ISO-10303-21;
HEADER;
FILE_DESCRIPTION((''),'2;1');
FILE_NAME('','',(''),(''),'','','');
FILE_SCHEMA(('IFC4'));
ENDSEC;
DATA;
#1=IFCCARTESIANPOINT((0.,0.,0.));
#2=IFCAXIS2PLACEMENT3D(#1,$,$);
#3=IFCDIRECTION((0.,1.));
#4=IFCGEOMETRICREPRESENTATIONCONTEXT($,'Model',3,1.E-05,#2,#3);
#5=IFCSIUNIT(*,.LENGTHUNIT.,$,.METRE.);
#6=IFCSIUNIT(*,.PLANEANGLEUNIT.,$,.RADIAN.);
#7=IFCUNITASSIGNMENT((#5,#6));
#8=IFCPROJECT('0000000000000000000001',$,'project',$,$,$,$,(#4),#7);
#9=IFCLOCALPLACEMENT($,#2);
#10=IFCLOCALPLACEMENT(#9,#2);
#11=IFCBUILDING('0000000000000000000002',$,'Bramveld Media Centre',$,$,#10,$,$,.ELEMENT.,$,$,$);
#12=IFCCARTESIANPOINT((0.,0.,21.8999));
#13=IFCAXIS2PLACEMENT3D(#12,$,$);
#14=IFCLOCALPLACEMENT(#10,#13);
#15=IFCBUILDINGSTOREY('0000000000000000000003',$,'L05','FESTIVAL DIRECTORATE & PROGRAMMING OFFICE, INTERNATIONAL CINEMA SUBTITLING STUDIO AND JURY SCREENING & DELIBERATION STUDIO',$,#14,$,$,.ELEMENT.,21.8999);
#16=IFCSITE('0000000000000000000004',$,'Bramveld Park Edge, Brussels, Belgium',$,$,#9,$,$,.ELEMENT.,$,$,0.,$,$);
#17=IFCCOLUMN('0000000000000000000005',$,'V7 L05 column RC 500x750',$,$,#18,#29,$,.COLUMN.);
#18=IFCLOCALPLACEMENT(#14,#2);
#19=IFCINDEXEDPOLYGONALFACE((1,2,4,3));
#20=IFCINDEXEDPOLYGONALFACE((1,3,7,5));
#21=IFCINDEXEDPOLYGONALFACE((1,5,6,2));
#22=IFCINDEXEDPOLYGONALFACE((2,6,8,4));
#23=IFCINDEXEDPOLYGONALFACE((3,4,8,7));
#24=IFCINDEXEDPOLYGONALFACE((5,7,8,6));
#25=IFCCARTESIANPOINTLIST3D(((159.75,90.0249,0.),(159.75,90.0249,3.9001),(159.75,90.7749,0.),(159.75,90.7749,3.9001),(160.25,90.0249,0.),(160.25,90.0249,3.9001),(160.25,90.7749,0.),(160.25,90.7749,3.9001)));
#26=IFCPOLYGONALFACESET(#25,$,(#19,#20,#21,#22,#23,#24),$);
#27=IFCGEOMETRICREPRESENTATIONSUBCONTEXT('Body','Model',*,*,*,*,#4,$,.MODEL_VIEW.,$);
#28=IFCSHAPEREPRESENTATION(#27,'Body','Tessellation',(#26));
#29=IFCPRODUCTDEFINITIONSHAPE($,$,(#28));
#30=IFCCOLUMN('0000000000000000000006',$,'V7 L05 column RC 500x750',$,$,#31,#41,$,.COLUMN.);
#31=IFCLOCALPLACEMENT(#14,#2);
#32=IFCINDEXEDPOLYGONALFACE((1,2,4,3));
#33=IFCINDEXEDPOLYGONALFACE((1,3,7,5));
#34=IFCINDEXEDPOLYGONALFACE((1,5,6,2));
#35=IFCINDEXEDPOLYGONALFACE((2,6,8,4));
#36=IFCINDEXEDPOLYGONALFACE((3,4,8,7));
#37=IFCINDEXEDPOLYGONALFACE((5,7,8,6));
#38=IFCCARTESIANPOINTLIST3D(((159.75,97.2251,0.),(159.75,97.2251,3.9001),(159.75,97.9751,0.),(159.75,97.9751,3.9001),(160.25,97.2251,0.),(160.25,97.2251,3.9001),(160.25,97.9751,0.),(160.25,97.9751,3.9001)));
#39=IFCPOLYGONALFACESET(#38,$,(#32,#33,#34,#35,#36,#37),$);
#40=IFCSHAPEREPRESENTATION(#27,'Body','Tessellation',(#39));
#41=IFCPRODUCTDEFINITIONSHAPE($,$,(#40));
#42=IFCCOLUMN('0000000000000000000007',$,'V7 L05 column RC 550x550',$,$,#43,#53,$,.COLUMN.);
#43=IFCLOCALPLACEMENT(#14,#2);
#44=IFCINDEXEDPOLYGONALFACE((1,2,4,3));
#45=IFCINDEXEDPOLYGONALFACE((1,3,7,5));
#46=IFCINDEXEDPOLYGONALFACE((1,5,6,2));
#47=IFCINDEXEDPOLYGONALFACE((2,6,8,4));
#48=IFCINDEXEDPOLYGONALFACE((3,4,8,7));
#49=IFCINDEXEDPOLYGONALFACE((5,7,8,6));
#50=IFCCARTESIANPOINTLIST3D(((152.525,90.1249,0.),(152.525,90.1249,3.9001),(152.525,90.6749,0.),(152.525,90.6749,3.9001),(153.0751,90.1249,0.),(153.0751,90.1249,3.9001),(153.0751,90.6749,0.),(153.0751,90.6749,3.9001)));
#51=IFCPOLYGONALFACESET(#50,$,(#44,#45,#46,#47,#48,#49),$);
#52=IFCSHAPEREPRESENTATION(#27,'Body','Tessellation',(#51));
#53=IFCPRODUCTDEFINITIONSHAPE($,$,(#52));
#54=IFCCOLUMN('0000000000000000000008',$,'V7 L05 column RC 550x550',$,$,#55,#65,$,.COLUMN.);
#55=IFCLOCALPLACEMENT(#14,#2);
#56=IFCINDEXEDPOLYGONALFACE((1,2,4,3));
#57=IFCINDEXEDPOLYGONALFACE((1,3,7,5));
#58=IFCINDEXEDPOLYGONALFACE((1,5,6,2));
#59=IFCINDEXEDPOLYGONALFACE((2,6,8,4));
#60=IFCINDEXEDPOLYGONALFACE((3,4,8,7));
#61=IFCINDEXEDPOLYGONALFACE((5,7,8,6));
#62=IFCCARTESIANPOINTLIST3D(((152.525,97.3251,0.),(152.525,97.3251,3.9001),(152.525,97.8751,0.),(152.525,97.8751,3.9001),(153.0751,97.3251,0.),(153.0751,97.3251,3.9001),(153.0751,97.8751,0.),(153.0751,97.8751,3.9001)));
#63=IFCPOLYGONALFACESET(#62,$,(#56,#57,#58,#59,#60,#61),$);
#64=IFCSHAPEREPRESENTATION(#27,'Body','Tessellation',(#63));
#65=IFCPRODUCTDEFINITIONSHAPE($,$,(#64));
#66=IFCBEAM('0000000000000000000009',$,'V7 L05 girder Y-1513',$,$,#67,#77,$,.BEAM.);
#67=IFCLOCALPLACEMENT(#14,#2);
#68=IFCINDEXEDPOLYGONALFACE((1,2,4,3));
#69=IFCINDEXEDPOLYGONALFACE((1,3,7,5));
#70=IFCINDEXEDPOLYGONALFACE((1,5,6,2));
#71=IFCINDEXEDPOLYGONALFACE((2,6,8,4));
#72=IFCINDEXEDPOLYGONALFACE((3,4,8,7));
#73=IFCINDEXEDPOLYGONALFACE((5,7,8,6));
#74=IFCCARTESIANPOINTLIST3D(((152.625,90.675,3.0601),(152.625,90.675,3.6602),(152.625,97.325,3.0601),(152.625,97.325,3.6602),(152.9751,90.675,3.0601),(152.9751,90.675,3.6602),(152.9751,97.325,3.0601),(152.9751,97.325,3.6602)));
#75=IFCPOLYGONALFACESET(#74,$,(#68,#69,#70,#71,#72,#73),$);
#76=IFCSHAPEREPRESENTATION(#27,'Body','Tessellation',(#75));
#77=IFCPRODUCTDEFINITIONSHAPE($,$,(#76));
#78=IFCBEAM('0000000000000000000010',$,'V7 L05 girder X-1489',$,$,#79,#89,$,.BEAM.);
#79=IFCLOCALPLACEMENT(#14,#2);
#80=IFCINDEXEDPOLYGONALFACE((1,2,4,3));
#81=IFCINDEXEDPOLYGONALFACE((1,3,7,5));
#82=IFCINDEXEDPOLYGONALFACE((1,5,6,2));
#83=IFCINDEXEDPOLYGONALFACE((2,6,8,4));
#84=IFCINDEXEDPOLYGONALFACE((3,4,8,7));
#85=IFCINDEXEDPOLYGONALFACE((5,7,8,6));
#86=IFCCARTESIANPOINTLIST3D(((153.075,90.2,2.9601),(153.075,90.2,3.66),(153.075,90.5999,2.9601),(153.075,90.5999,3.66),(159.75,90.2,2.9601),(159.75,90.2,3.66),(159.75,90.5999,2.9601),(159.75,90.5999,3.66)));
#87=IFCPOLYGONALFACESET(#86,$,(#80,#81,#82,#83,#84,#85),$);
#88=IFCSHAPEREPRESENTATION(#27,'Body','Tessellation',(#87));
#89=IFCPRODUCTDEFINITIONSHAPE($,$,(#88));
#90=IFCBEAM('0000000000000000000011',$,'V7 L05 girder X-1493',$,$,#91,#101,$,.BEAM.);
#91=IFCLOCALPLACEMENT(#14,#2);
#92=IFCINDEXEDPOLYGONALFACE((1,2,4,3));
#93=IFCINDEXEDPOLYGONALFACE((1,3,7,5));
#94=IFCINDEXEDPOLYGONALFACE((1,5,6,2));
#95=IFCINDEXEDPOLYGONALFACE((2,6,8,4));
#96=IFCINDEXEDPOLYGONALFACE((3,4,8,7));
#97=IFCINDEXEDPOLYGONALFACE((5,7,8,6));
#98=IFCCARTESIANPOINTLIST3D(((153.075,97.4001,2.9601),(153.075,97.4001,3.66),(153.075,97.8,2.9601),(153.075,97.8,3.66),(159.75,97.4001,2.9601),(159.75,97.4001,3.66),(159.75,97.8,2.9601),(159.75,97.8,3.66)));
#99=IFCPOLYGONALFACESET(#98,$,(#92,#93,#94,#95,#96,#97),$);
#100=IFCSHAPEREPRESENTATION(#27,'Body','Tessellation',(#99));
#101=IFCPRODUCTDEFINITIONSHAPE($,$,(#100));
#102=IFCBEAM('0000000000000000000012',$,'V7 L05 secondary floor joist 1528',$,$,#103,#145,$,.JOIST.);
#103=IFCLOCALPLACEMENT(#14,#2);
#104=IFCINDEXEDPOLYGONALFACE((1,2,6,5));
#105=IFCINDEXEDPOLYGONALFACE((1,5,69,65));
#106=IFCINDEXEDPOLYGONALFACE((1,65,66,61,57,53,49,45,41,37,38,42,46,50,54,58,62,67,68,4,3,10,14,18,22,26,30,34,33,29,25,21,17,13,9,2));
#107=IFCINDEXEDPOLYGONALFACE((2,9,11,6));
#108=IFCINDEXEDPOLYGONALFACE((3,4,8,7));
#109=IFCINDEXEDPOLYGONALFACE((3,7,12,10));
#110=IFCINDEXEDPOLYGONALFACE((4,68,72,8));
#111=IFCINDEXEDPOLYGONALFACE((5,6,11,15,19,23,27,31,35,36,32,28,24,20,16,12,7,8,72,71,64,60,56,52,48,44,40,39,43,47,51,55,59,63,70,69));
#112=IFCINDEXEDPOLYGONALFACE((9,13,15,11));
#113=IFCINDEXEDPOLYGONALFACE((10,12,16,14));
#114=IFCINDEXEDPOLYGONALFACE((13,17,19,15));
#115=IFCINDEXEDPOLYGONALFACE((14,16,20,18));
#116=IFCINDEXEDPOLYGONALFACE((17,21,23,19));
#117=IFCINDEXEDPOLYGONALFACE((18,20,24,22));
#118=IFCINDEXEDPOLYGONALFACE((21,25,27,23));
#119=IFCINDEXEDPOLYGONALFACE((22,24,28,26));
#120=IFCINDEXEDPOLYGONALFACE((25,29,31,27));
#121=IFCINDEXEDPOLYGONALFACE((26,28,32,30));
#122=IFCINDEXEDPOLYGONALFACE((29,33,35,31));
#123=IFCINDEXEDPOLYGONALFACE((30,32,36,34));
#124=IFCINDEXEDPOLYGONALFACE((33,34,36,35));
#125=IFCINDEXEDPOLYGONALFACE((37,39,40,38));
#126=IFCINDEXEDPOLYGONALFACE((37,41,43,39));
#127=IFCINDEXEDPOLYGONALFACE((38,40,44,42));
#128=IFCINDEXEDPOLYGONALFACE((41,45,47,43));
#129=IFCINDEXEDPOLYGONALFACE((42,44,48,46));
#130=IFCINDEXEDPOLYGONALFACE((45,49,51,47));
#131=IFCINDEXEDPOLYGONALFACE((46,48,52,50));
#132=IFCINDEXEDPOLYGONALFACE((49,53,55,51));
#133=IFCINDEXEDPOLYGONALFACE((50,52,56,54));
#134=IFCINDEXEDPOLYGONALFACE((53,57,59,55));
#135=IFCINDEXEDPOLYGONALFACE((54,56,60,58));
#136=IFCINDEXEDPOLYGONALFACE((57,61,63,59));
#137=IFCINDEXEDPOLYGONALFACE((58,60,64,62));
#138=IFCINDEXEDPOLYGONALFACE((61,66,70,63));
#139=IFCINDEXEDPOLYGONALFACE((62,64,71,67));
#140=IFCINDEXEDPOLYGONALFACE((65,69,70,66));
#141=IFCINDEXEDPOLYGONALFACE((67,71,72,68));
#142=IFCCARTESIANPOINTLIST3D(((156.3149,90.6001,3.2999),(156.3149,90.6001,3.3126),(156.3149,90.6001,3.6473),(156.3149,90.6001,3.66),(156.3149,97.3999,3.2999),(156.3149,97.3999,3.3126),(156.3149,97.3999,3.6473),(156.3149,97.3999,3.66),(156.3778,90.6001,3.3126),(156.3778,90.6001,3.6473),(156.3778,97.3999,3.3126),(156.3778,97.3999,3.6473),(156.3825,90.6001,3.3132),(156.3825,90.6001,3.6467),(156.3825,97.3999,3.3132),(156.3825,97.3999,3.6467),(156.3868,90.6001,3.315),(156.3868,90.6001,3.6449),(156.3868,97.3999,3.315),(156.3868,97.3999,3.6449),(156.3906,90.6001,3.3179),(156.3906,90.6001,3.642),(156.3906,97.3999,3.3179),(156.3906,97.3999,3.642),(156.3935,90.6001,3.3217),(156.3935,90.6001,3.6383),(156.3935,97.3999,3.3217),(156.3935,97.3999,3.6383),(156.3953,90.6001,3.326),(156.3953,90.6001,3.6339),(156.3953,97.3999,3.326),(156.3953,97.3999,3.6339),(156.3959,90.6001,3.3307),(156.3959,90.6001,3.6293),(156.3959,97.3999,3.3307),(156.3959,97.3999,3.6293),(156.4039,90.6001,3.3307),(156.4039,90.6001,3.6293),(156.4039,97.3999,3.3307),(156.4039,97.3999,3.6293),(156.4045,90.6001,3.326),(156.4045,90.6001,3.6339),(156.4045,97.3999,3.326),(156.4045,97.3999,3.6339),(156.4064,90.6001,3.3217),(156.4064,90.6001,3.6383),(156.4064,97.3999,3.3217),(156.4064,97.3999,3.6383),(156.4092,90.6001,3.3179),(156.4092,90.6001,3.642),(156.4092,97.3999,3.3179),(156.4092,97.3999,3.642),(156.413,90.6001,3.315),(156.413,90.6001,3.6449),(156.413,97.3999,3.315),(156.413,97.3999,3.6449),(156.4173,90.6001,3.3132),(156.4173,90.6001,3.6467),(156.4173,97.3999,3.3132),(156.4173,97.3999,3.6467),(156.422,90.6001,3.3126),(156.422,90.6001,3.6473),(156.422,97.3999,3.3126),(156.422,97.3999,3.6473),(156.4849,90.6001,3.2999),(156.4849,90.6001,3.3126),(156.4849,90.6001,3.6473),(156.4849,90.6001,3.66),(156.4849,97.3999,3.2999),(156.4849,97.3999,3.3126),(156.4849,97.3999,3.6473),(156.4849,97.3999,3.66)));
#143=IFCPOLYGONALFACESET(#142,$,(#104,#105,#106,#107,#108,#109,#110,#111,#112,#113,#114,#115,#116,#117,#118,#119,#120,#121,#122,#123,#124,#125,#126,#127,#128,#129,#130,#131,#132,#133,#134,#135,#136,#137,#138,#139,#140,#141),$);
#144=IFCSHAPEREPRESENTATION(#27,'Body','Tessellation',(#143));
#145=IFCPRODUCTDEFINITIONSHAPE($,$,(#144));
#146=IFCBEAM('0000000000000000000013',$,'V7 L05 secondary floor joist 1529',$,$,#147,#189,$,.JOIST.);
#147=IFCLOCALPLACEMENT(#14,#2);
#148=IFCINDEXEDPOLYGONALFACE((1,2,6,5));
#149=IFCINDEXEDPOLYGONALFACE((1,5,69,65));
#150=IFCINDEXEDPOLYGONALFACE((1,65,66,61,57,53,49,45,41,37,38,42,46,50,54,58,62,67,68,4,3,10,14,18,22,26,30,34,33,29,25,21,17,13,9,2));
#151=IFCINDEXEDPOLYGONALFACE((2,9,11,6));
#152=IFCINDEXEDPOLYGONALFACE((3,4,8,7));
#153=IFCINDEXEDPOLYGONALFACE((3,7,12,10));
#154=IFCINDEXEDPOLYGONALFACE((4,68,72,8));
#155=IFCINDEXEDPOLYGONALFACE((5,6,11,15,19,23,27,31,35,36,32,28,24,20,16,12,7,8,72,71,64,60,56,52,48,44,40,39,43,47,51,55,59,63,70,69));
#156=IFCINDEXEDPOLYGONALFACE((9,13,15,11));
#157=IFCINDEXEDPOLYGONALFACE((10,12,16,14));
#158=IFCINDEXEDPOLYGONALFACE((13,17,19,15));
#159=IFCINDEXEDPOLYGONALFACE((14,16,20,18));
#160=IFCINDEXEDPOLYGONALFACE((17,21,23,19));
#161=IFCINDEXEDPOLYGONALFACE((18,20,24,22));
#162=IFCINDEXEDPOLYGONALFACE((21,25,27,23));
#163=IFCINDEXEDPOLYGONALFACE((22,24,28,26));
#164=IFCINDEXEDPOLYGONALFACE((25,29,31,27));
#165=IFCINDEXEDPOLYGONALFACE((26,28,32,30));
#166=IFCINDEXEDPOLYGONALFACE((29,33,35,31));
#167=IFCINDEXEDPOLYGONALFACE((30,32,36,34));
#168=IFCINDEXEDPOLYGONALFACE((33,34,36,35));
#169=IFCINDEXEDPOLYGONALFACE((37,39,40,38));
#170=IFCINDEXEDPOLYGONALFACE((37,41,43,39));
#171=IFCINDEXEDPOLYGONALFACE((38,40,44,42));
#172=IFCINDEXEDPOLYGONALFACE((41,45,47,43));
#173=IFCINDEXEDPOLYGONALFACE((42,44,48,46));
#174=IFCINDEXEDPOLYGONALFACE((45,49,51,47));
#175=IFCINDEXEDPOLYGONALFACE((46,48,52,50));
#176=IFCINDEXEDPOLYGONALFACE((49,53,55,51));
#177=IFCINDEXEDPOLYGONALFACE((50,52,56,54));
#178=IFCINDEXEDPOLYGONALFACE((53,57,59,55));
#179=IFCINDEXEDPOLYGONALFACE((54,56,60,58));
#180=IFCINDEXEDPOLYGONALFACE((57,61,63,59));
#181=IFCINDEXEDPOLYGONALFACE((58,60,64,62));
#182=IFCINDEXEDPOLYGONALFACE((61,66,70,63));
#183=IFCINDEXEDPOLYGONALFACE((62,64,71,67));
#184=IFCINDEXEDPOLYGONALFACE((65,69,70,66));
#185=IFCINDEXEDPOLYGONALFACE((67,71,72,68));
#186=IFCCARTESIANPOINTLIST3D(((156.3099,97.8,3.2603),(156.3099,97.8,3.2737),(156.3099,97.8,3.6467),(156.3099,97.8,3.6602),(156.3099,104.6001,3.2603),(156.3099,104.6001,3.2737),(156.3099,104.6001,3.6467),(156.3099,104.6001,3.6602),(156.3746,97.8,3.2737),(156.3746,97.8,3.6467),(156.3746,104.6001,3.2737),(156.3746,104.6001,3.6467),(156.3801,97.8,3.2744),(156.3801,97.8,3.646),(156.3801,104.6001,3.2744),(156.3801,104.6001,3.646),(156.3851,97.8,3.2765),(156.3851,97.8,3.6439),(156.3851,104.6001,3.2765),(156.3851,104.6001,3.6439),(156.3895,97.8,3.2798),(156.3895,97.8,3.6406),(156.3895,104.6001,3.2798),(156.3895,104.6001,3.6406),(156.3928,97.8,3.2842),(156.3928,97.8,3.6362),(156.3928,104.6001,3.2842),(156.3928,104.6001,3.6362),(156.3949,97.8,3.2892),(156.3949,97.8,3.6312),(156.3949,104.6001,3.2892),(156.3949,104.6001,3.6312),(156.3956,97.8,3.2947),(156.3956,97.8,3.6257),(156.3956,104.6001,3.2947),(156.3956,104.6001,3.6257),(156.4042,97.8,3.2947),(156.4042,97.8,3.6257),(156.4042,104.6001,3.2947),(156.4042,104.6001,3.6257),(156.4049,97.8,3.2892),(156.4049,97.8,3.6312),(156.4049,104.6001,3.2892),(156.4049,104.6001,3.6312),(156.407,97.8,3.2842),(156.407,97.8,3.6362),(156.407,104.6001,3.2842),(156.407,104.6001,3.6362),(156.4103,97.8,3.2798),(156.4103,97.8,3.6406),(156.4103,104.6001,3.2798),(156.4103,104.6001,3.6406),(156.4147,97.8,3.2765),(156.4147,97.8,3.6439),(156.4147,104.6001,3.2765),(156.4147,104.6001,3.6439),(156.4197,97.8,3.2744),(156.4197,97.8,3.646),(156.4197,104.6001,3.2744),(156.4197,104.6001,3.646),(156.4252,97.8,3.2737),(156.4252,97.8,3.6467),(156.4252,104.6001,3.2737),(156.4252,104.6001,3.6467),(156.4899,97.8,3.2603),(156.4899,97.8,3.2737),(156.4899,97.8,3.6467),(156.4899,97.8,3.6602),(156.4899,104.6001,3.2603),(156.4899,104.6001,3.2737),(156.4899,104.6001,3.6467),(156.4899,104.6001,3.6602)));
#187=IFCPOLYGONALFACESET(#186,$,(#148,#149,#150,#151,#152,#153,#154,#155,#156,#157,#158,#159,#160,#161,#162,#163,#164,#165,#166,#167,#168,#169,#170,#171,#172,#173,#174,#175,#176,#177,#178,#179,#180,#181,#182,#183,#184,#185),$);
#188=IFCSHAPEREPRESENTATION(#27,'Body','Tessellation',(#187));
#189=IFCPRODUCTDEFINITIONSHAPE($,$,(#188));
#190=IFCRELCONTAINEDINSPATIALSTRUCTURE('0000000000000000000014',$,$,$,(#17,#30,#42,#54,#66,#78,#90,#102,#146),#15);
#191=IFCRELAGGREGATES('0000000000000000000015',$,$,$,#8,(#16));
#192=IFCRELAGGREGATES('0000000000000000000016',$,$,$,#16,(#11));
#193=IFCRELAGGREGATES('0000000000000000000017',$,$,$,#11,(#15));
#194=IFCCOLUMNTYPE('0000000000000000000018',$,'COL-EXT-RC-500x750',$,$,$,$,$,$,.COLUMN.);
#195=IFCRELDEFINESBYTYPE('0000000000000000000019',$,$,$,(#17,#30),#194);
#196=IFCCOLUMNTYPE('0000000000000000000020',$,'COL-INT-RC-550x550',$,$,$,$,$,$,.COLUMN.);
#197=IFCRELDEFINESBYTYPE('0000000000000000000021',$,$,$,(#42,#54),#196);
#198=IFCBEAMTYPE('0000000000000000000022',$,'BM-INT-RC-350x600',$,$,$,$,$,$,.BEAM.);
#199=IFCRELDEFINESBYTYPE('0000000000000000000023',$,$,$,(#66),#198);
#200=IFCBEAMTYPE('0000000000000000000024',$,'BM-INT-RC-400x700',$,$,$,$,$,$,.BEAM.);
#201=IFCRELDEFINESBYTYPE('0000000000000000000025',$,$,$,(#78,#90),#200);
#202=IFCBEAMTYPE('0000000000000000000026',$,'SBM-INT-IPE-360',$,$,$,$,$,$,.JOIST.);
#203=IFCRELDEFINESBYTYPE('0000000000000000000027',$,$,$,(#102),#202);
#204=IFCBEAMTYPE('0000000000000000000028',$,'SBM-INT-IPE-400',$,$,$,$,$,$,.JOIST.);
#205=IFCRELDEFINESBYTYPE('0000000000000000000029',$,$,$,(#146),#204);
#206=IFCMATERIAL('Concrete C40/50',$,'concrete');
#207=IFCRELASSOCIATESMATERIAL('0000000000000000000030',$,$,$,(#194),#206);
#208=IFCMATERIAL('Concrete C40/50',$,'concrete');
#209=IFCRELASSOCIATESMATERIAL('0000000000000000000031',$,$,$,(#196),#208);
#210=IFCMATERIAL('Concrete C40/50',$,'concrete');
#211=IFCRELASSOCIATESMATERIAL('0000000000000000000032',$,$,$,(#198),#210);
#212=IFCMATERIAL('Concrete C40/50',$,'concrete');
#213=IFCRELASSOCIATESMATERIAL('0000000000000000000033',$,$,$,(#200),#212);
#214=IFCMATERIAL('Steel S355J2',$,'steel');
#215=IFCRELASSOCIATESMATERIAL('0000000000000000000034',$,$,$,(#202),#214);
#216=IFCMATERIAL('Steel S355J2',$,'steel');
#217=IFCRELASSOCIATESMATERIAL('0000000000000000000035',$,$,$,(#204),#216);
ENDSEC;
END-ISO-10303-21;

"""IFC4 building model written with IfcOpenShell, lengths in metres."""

from ifc_helpers import new_model, si_unit, direction, frame, origin, origin_2d, place, context, subcontext, project, spatial, rectangle, i_section, extrude, material, material_profile, profile_set, type_object, element, save


model = new_model("IFC4")

# Units and contexts
model_context = context("Model", 3, precision=1e-05, world=origin(), true_north=direction((0.0, 1.0)))
body_context = subcontext(model_context, "Body", "Model", "MODEL_VIEW")
ifc_project = project(units=[si_unit("LENGTHUNIT", "METRE"), si_unit("PLANEANGLEUNIT", "RADIAN")], contexts=[model_context])

# Site, building, storey
site_placement = place(None, origin())
site = spatial("IfcSite", under=ifc_project, at=site_placement, Name="Bramveld Park Edge, Brussels, Belgium", CompositionType="ELEMENT", RefElevation=0.0)
building_placement = place(site_placement, origin())
building = spatial("IfcBuilding", under=site, at=building_placement, Name="Bramveld Media Centre", CompositionType="ELEMENT")
storey_placement = place(building_placement, frame((0.0, 0.0, 21.8999)))
storey = spatial("IfcBuildingStorey", under=building, at=storey_placement, Name="L05", Description="FESTIVAL DIRECTORATE & PROGRAMMING OFFICE, INTERNATIONAL CINEMA SUBTITLING STUDIO AND JURY SCREENING & DELIBERATION STUDIO", CompositionType="ELEMENT", Elevation=21.8999)

# Columns
ifc_material_1 = material(Name="Concrete C40/50", Category="concrete")
ifc_material_profile_1 = material_profile(ifc_material_1, rectangle(XDim=0.5, YDim=0.75, at=origin_2d()), Name="RC 500x750")
ifc_profile_set_1 = profile_set([ifc_material_profile_1], Name="Concrete C40/50")
column_type_1 = type_object("IfcColumnType", Name="COL-EXT-RC-500x750", PredefinedType="COLUMN", material=ifc_profile_set_1)
for number, where, z_axis, x_axis, name in (
    (1, (160.0, 90.3999, 0.0), (0.0, 0.0, 1.0), (1.0, 0.0, 0.0), "V7 L05 column RC 500x750"),
    (2, (160.0, 97.6001, 0.0), (0.0, 0.0, 1.0), (1.0, 0.0, 0.0), "V7 L05 column RC 500x750"),
):
    element("IfcColumn", number, at=place(storey_placement, frame(where, z_axis=z_axis, x_axis=x_axis)), inside=storey, type_object=column_type_1, Name=name, PredefinedType="COLUMN", context=body_context, shape_type="SweptSolid", body=[
        extrude(rectangle(XDim=0.5, YDim=0.75, at=origin_2d()), origin(), (0.0, 0.0, 1.0), 3.9001),
    ])
ifc_material_2 = material(Name="Concrete C40/50", Category="concrete")
ifc_material_profile_2 = material_profile(ifc_material_2, rectangle(XDim=0.55, YDim=0.55, at=origin_2d()), Name="RC 550x550")
ifc_profile_set_2 = profile_set([ifc_material_profile_2], Name="Concrete C40/50")
column_type_2 = type_object("IfcColumnType", Name="COL-INT-RC-550x550", PredefinedType="COLUMN", material=ifc_profile_set_2)
for number, where, z_axis, x_axis, name in (
    (3, (152.8, 90.3999, 0.0), (0.0, 0.0, 1.0), (1.0, 0.0, 0.0), "V7 L05 column RC 550x550"),
    (4, (152.8, 97.6001, 0.0), (0.0, 0.0, 1.0), (1.0, 0.0, 0.0), "V7 L05 column RC 550x550"),
):
    element("IfcColumn", number, at=place(storey_placement, frame(where, z_axis=z_axis, x_axis=x_axis)), inside=storey, type_object=column_type_2, Name=name, PredefinedType="COLUMN", context=body_context, shape_type="SweptSolid", body=[
        extrude(rectangle(XDim=0.55, YDim=0.55, at=origin_2d()), origin(), (0.0, 0.0, 1.0), 3.9001),
    ])

# Beams
ifc_material_3 = material(Name="Concrete C40/50", Category="concrete")
ifc_material_profile_3 = material_profile(ifc_material_3, rectangle(XDim=0.3501, YDim=0.6001, at=origin_2d()), Name="RC 350x600")
ifc_profile_set_3 = profile_set([ifc_material_profile_3], Name="Concrete C40/50")
beam_type_1 = type_object("IfcBeamType", Name="BM-INT-RC-350x600", PredefinedType="BEAM", material=ifc_profile_set_3)
beam_1_placement = place(storey_placement, frame((152.8, 90.675, 3.3601), z_axis=(0.0, 1.0, 0.0), x_axis=(-1.0, 0.0, 0.0)))
element("IfcBeam", 5, at=beam_1_placement, inside=storey, type_object=beam_type_1, Name="V7 L05 girder Y-1513", PredefinedType="BEAM", context=body_context, shape_type="SweptSolid", body=[
    extrude(rectangle(XDim=0.3501, YDim=0.6001, at=origin_2d()), origin(), (0.0, 0.0, 1.0), 6.6499),
])
ifc_material_4 = material(Name="Concrete C40/50", Category="concrete")
ifc_material_profile_4 = material_profile(ifc_material_4, rectangle(XDim=0.3999, YDim=0.7, at=origin_2d()), Name="RC 400x700")
ifc_profile_set_4 = profile_set([ifc_material_profile_4], Name="Concrete C40/50")
beam_type_2 = type_object("IfcBeamType", Name="BM-INT-RC-400x700", PredefinedType="BEAM", material=ifc_profile_set_4)
for number, where, z_axis, x_axis, name in (
    (6, (153.075, 90.3999, 3.3101), (1.0, 0.0, 0.0), (0.0, 1.0, 0.0), "V7 L05 girder X-1489"),
    (7, (153.075, 97.6001, 3.3101), (1.0, 0.0, 0.0), (0.0, 1.0, 0.0), "V7 L05 girder X-1493"),
):
    element("IfcBeam", number, at=place(storey_placement, frame(where, z_axis=z_axis, x_axis=x_axis)), inside=storey, type_object=beam_type_2, Name=name, PredefinedType="BEAM", context=body_context, shape_type="SweptSolid", body=[
        extrude(rectangle(XDim=0.3999, YDim=0.7, at=origin_2d()), origin(), (0.0, 0.0, 1.0), 6.675),
    ])
ifc_material_5 = material(Name="Steel S355J2", Category="steel")
ifc_material_profile_5 = material_profile(ifc_material_5, i_section(OverallWidth=0.1699, OverallDepth=0.3601, WebThickness=0.0081, FlangeThickness=0.0127, FilletRadius=0.0181, at=origin_2d()), Name="IPE 360")
ifc_profile_set_5 = profile_set([ifc_material_profile_5], Name="Steel S355J2")
beam_type_3 = type_object("IfcBeamType", Name="SBM-INT-IPE-360", PredefinedType="JOIST", material=ifc_profile_set_5)
beam_2_placement = place(storey_placement, frame((156.3999, 90.6001, 3.48), z_axis=(0.0, 1.0, 0.0), x_axis=(-1.0, 0.0, 0.0)))
element("IfcBeam", 8, at=beam_2_placement, inside=storey, type_object=beam_type_3, Name="V7 L05 secondary floor joist 1528", PredefinedType="JOIST", context=body_context, shape_type="SweptSolid", body=[
    extrude(i_section(OverallWidth=0.1699, OverallDepth=0.3601, WebThickness=0.0081, FlangeThickness=0.0127, FilletRadius=0.0181, at=origin_2d()), origin(), (0.0, 0.0, 1.0), 6.7998),
])
ifc_material_6 = material(Name="Steel S355J2", Category="steel")
ifc_material_profile_6 = material_profile(ifc_material_6, i_section(OverallWidth=0.1799, OverallDepth=0.3999, WebThickness=0.0085, FlangeThickness=0.0134, FilletRadius=0.021, at=origin_2d()), Name="IPE 400")
ifc_profile_set_6 = profile_set([ifc_material_profile_6], Name="Steel S355J2")
beam_type_4 = type_object("IfcBeamType", Name="SBM-INT-IPE-400", PredefinedType="JOIST", material=ifc_profile_set_6)
beam_3_placement = place(storey_placement, frame((156.3999, 97.8, 3.4602), z_axis=(0.0, 1.0, 0.0), x_axis=(-1.0, 0.0, 0.0)))
element("IfcBeam", 9, at=beam_3_placement, inside=storey, type_object=beam_type_4, Name="V7 L05 secondary floor joist 1529", PredefinedType="JOIST", context=body_context, shape_type="SweptSolid", body=[
    extrude(i_section(OverallWidth=0.1799, OverallDepth=0.3999, WebThickness=0.0085, FlangeThickness=0.0134, FilletRadius=0.021, at=origin_2d()), origin(), (0.0, 0.0, 1.0), 6.8),
])

save(model, "model.ifc")
